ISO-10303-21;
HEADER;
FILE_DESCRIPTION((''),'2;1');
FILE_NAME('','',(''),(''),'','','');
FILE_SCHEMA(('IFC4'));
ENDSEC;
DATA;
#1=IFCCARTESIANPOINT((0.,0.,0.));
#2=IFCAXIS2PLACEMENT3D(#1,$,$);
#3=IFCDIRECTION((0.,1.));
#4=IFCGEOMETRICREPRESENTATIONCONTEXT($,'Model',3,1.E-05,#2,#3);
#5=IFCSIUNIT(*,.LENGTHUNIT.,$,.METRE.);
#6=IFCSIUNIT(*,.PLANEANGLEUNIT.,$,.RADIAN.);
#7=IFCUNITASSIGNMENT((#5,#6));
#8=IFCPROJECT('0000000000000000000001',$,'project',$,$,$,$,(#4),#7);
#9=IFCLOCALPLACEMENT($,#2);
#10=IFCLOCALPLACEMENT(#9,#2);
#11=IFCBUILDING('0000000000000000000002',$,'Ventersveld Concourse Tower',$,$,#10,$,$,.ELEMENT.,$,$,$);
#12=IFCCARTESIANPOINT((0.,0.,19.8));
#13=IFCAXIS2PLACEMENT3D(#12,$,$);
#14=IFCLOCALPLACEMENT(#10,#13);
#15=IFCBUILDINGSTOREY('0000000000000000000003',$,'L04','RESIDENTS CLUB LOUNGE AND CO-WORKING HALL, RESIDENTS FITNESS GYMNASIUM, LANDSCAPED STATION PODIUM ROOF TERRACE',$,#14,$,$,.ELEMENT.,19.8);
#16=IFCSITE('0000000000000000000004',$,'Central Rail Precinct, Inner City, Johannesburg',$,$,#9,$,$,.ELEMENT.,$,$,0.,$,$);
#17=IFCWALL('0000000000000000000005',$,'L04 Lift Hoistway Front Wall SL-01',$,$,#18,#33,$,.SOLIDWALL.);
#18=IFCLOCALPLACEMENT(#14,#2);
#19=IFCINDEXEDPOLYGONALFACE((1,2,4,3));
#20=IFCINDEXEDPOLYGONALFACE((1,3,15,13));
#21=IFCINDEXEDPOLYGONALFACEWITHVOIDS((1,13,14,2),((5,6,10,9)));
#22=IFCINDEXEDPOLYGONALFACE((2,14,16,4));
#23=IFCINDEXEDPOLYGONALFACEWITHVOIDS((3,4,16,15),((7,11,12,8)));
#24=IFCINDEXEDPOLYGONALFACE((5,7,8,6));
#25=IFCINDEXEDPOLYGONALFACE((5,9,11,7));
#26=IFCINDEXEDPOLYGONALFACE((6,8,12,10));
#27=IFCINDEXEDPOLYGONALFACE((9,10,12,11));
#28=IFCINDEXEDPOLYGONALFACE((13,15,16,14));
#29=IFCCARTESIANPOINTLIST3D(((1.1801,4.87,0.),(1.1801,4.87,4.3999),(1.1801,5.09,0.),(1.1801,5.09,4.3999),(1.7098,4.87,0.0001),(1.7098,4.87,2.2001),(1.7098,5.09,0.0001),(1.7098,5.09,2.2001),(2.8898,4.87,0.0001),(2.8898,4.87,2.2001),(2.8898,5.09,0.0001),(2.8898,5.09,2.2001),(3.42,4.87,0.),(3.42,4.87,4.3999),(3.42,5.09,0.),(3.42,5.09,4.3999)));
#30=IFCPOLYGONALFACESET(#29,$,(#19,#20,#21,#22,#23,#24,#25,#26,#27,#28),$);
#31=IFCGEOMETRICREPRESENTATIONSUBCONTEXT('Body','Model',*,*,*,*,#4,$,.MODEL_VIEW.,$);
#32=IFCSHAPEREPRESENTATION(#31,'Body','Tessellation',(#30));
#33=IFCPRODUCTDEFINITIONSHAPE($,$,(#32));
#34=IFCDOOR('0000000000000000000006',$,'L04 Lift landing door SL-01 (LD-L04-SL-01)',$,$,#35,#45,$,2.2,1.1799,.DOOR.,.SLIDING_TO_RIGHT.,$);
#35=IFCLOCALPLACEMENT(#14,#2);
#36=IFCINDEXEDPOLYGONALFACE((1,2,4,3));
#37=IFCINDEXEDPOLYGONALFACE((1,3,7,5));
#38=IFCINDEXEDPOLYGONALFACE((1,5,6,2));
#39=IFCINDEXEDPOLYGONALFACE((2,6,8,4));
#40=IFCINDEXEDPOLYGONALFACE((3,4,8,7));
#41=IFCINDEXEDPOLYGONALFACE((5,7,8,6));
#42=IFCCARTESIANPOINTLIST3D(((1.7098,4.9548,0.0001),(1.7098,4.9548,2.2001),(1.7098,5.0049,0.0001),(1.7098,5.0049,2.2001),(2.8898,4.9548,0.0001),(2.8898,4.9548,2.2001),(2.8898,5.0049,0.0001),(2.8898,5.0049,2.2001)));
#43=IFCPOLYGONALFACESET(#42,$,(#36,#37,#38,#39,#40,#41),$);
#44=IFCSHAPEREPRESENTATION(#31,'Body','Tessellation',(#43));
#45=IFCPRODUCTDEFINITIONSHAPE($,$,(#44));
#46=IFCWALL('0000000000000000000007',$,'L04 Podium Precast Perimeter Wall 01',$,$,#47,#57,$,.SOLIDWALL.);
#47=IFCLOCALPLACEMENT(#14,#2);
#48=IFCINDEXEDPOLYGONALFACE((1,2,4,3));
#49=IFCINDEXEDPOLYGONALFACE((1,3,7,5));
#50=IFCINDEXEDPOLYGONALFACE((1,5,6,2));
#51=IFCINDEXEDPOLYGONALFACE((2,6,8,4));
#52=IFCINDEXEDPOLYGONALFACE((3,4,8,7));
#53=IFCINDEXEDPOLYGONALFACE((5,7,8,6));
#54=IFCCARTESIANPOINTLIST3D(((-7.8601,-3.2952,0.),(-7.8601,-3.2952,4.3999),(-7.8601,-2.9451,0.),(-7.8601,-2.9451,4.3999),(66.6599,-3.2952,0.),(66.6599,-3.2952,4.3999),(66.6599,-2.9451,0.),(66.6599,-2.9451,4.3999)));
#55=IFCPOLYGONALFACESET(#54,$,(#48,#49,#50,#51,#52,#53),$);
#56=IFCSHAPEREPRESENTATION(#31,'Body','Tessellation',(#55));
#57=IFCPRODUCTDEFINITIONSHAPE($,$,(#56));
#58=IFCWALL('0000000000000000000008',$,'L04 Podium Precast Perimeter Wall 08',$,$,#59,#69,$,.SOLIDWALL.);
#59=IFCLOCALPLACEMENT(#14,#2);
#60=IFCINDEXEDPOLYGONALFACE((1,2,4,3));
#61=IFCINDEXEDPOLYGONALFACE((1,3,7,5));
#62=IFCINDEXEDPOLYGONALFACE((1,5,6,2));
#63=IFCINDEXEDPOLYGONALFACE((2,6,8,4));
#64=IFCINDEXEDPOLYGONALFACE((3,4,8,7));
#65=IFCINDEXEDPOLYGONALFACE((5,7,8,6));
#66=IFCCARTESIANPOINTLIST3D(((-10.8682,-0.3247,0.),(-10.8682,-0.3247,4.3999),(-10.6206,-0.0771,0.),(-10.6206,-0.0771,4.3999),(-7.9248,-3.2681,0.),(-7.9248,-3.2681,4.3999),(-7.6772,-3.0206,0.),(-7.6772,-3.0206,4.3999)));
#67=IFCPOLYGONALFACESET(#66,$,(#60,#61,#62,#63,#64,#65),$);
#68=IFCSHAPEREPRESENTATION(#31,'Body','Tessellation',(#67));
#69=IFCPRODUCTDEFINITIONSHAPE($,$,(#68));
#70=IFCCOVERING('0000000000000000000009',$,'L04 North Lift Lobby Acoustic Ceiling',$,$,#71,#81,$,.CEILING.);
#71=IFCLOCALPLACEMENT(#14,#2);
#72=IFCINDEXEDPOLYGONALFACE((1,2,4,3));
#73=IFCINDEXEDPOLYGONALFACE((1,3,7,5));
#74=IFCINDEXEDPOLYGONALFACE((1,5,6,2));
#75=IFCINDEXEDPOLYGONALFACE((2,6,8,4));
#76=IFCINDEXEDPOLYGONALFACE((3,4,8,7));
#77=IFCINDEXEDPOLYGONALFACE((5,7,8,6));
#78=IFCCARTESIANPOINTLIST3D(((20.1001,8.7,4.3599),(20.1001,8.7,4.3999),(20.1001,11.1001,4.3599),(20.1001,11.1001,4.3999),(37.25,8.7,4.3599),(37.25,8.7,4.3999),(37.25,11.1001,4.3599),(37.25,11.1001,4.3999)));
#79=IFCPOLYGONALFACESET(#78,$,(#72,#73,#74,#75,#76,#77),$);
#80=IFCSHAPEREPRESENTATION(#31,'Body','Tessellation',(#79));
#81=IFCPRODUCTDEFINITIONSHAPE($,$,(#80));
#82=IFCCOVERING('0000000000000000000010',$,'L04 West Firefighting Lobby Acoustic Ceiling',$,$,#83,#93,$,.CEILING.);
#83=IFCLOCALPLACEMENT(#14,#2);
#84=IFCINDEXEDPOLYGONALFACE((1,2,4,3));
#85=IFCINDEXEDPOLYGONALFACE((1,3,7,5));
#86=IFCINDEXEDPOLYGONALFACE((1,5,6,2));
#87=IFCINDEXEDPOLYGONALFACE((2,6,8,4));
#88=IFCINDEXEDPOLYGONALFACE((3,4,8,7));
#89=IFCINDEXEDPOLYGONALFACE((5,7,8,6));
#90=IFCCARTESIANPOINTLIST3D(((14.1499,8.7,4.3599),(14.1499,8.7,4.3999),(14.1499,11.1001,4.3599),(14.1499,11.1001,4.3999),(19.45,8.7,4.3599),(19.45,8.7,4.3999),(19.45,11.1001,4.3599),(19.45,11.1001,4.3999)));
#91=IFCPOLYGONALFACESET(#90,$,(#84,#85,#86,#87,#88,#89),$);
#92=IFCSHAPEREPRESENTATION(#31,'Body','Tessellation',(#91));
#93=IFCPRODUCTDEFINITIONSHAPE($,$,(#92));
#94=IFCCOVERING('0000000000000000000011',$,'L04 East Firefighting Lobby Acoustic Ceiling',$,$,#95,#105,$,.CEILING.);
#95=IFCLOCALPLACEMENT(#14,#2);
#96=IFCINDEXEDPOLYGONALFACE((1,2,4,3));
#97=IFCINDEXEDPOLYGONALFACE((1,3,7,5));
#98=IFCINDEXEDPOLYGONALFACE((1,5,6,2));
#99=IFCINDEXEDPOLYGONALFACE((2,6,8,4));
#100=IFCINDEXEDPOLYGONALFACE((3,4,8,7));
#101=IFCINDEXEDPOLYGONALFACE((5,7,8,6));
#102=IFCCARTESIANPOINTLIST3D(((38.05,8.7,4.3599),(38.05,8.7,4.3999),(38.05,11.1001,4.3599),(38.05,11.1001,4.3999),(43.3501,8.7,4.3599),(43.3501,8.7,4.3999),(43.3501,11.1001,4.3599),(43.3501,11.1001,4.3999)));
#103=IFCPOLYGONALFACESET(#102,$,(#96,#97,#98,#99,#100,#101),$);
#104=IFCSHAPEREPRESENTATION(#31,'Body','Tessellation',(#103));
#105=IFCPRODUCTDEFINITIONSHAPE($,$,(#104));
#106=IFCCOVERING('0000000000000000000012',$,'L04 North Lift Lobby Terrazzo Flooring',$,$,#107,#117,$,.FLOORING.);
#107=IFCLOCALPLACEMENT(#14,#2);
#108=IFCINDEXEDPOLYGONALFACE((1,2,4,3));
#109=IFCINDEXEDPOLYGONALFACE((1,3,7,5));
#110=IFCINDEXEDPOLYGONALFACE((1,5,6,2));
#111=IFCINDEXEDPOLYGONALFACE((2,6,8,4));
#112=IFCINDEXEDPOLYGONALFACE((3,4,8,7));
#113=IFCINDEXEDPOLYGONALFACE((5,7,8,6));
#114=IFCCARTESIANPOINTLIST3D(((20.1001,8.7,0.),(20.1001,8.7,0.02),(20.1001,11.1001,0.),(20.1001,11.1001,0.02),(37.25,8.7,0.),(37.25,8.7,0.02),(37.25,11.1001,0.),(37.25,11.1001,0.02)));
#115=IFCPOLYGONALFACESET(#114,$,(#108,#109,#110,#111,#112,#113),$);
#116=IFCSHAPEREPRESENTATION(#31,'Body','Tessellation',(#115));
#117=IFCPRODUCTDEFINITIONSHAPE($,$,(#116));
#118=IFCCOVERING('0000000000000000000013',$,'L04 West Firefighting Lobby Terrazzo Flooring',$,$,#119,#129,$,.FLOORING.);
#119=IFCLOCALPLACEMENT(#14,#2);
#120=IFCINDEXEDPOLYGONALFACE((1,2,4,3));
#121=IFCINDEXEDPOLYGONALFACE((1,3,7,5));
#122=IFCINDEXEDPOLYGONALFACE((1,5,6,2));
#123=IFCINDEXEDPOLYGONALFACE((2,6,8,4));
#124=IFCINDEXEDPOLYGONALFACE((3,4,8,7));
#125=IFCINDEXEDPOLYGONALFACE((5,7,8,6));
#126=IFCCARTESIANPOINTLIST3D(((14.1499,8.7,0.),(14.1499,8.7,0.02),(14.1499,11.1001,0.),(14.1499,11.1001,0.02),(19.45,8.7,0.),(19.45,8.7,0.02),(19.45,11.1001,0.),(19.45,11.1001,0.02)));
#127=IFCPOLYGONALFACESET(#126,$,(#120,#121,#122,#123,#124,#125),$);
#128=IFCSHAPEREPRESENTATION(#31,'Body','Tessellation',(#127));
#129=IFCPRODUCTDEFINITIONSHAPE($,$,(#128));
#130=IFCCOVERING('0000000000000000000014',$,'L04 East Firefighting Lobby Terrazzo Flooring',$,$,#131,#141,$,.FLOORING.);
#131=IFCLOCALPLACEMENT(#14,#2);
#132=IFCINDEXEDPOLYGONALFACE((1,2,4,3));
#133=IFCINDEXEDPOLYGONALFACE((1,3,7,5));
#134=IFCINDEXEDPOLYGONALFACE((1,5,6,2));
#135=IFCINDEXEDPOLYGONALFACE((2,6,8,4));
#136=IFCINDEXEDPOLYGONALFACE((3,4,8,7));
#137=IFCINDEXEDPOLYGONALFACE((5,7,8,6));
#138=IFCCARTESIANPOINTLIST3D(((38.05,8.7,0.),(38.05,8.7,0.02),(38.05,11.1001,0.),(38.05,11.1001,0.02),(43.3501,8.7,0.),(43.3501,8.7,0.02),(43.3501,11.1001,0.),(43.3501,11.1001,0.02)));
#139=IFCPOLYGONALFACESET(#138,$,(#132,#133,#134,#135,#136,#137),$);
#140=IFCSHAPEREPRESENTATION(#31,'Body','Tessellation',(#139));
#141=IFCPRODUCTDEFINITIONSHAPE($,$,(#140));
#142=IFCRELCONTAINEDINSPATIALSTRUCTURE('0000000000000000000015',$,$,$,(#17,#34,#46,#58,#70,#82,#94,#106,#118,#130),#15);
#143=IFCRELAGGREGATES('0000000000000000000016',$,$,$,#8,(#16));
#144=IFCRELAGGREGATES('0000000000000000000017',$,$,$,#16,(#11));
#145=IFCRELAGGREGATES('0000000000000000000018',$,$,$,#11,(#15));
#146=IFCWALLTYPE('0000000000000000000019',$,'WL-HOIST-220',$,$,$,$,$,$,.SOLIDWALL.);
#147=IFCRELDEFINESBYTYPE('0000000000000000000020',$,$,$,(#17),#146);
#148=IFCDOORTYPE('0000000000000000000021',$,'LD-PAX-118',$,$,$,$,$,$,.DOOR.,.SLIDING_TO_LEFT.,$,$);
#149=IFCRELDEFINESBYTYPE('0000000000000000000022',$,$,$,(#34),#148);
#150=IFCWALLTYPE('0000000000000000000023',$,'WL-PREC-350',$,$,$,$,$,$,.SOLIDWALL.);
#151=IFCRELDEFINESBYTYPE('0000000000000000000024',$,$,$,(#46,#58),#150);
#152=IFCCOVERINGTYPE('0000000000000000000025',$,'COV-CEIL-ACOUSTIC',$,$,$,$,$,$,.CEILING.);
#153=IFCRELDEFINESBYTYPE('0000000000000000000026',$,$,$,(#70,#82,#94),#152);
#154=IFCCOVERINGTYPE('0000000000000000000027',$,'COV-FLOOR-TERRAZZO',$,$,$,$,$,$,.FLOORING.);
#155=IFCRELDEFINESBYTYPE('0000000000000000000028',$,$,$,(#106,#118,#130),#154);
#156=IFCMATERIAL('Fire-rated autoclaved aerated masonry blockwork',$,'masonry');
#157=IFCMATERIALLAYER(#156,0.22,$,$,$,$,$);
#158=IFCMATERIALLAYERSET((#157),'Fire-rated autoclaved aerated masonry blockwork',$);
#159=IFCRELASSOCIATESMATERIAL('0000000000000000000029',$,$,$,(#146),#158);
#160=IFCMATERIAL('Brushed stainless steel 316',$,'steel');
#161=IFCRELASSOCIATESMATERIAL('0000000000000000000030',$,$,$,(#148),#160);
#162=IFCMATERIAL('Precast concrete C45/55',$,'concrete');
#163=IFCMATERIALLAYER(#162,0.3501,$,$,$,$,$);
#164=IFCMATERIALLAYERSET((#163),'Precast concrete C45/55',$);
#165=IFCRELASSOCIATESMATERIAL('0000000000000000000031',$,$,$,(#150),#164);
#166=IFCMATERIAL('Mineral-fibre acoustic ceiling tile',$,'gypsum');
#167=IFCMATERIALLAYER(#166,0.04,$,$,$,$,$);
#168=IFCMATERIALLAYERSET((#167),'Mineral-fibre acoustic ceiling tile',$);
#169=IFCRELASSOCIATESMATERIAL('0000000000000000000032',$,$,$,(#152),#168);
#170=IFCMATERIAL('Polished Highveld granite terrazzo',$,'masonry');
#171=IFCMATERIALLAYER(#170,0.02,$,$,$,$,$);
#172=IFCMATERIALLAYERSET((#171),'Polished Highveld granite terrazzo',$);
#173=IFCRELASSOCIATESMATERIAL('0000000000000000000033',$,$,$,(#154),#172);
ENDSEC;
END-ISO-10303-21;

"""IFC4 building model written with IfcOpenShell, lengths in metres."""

from ifc_helpers import new_model, si_unit, direction, frame, frame_2d, origin, place, context, subcontext, project, spatial, polyline, rectangle, outline, extrude, material, layer, layer_set, type_object, element, fill, save


model = new_model("IFC4")

# Units and contexts
model_context = context("Model", 3, precision=1e-05, world=origin(), true_north=direction((0.0, 1.0)))
body_context = subcontext(model_context, "Body", "Model", "MODEL_VIEW")
ifc_project = project(units=[si_unit("LENGTHUNIT", "METRE"), si_unit("PLANEANGLEUNIT", "RADIAN")], contexts=[model_context])

# Site, building, storey
site_placement = place(None, origin())
site = spatial("IfcSite", under=ifc_project, at=site_placement, Name="Central Rail Precinct, Inner City, Johannesburg", CompositionType="ELEMENT", RefElevation=0.0)
building_placement = place(site_placement, origin())
building = spatial("IfcBuilding", under=site, at=building_placement, Name="Ventersveld Concourse Tower", CompositionType="ELEMENT")
storey_placement = place(building_placement, frame((0.0, 0.0, 19.8)))
storey = spatial("IfcBuildingStorey", under=building, at=storey_placement, Name="L04", Description="RESIDENTS CLUB LOUNGE AND CO-WORKING HALL, RESIDENTS FITNESS GYMNASIUM, LANDSCAPED STATION PODIUM ROOF TERRACE", CompositionType="ELEMENT", Elevation=19.8)

# Shared definitions
ifc_material_1 = material(Name="Fire-rated autoclaved aerated masonry blockwork", Category="masonry")
ifc_layer_1 = layer(ifc_material_1, 0.22)
ifc_layer_set_1 = layer_set([ifc_layer_1], Name="Fire-rated autoclaved aerated masonry blockwork")
wall_type_1 = type_object("IfcWallType", Name="WL-HOIST-220", PredefinedType="SOLIDWALL", material=ifc_layer_set_1)

# Wall, opening, door
wall_1_placement = place(storey_placement, frame((1.1799, 4.98, 0.0), z_axis=(0.0, 0.0, 1.0), x_axis=(1.0, 0.0, 0.0)))
wall_1 = element("IfcWall", 1, at=wall_1_placement, inside=storey, type_object=wall_type_1, Name="L04 Lift Hoistway Front Wall SL-01", PredefinedType="SOLIDWALL", context=body_context, shape_type="SweptSolid", body=[
    extrude(rectangle(XDim=2.24, YDim=0.22, at=frame_2d((1.1201, 0.0))), origin(), (0.0, 0.0, 1.0), 4.3999),
])
opening_1_placement = place(wall_1_placement, frame((0.53, 0.0, 0.0)))
opening_1 = element("IfcOpeningElement", 2, at=opening_1_placement, cuts=wall_1, PredefinedType="OPENING", context=body_context, shape_type="SweptSolid", body=[
    extrude(rectangle(XDim=1.1799, YDim=2.2, at=frame_2d((0.5898, 1.1001))), frame((0.0, 0.1201, 0.0), z_axis=(0.0, -1.0, 0.0), x_axis=(1.0, 0.0, 0.0)), (0.0, 0.0, 1.0), 0.24),
])
ifc_material_2 = material(Name="Brushed stainless steel 316", Category="steel")
door_type = type_object("IfcDoorType", Name="LD-PAX-118", OperationType="SLIDING_TO_LEFT", PredefinedType="DOOR", material=ifc_material_2)
door_placement = place(opening_1_placement, origin())
door = element("IfcDoor", 3, at=door_placement, inside=storey, type_object=door_type, Name="L04 Lift landing door SL-01 (LD-L04-SL-01)", OperationType="SLIDING_TO_RIGHT", OverallHeight=2.2, OverallWidth=1.1799, PredefinedType="DOOR", context=body_context, shape_type="SweptSolid", body=[
    extrude(rectangle(XDim=1.1799, YDim=2.2, at=frame_2d((0.5898, 1.1001))), frame((0.0, 0.0249, 0.0), z_axis=(0.0, -1.0, 0.0), x_axis=(1.0, 0.0, 0.0)), (0.0, 0.0, 1.0), 0.05),
])
fill(opening_1, door)

# Walls
ifc_material_3 = material(Name="Precast concrete C45/55", Category="concrete")
ifc_layer_2 = layer(ifc_material_3, 0.3501)
ifc_layer_set_2 = layer_set([ifc_layer_2], Name="Precast concrete C45/55")
wall_type_2 = type_object("IfcWallType", Name="WL-PREC-350", PredefinedType="SOLIDWALL", material=ifc_layer_set_2)
wall_2_placement = place(storey_placement, frame((-7.8601, -3.1201, 0.0), z_axis=(0.0, 0.0, 1.0), x_axis=(1.0, 0.0, 0.0)))
element("IfcWall", 4, at=wall_2_placement, inside=storey, type_object=wall_type_2, Name="L04 Podium Precast Perimeter Wall 01", PredefinedType="SOLIDWALL", context=body_context, shape_type="SweptSolid", body=[
    extrude(rectangle(XDim=74.52, YDim=0.3501, at=frame_2d((37.26, 0.0))), origin(), (0.0, 0.0, 1.0), 4.3999),
])
wall_3_placement = place(storey_placement, frame((-10.7444, -0.2009, 0.0), z_axis=(0.0, 0.0, 1.0), x_axis=(0.707107, -0.707107, 0.0)))
element("IfcWall", 5, at=wall_3_placement, inside=storey, type_object=wall_type_2, Name="L04 Podium Precast Perimeter Wall 08", PredefinedType="SOLIDWALL", context=body_context, shape_type="SweptSolid", body=[
    extrude(rectangle(XDim=4.1626, YDim=0.3501, at=frame_2d((2.0813, 0.0))), origin(), (0.0, 0.0, 1.0), 4.3999),
])

# Coverings
ifc_material_4 = material(Name="Mineral-fibre acoustic ceiling tile", Category="gypsum")
ifc_layer_3 = layer(ifc_material_4, 0.04)
ifc_layer_set_3 = layer_set([ifc_layer_3], Name="Mineral-fibre acoustic ceiling tile")
covering_type_1 = type_object("IfcCoveringType", Name="COV-CEIL-ACOUSTIC", PredefinedType="CEILING", material=ifc_layer_set_3)
covering_1_placement = place(storey_placement, frame((0.0, 0.0, 4.3599)))
element("IfcCovering", 6, at=covering_1_placement, inside=storey, type_object=covering_type_1, Name="L04 North Lift Lobby Acoustic Ceiling", PredefinedType="CEILING", context=body_context, shape_type="SweptSolid", body=[
    extrude(outline(polyline([(20.1001, 8.7), (37.25, 8.7), (37.25, 11.1001), (20.1001, 11.1001), (20.1001, 8.7)])), origin(), (0.0, 0.0, 1.0), 0.04),
])
covering_2_placement = place(storey_placement, frame((0.0, 0.0, 4.3599)))
element("IfcCovering", 7, at=covering_2_placement, inside=storey, type_object=covering_type_1, Name="L04 West Firefighting Lobby Acoustic Ceiling", PredefinedType="CEILING", context=body_context, shape_type="SweptSolid", body=[
    extrude(outline(polyline([(14.1499, 8.7), (19.45, 8.7), (19.45, 11.1001), (14.1499, 11.1001), (14.1499, 8.7)])), origin(), (0.0, 0.0, 1.0), 0.04),
])
covering_3_placement = place(storey_placement, frame((0.0, 0.0, 4.3599)))
element("IfcCovering", 8, at=covering_3_placement, inside=storey, type_object=covering_type_1, Name="L04 East Firefighting Lobby Acoustic Ceiling", PredefinedType="CEILING", context=body_context, shape_type="SweptSolid", body=[
    extrude(outline(polyline([(38.05, 8.7), (43.3501, 8.7), (43.3501, 11.1001), (38.05, 11.1001), (38.05, 8.7)])), origin(), (0.0, 0.0, 1.0), 0.04),
])
ifc_material_5 = material(Name="Polished Highveld granite terrazzo", Category="masonry")
ifc_layer_4 = layer(ifc_material_5, 0.02)
ifc_layer_set_4 = layer_set([ifc_layer_4], Name="Polished Highveld granite terrazzo")
covering_type_2 = type_object("IfcCoveringType", Name="COV-FLOOR-TERRAZZO", PredefinedType="FLOORING", material=ifc_layer_set_4)
covering_4_placement = place(storey_placement, origin())
element("IfcCovering", 9, at=covering_4_placement, inside=storey, type_object=covering_type_2, Name="L04 North Lift Lobby Terrazzo Flooring", PredefinedType="FLOORING", context=body_context, shape_type="SweptSolid", body=[
    extrude(outline(polyline([(20.1001, 8.7), (37.25, 8.7), (37.25, 11.1001), (20.1001, 11.1001), (20.1001, 8.7)])), origin(), (0.0, 0.0, 1.0), 0.02),
])
covering_5_placement = place(storey_placement, origin())
element("IfcCovering", 10, at=covering_5_placement, inside=storey, type_object=covering_type_2, Name="L04 West Firefighting Lobby Terrazzo Flooring", PredefinedType="FLOORING", context=body_context, shape_type="SweptSolid", body=[
    extrude(outline(polyline([(14.1499, 8.7), (19.45, 8.7), (19.45, 11.1001), (14.1499, 11.1001), (14.1499, 8.7)])), origin(), (0.0, 0.0, 1.0), 0.02),
])
covering_6_placement = place(storey_placement, origin())
element("IfcCovering", 11, at=covering_6_placement, inside=storey, type_object=covering_type_2, Name="L04 East Firefighting Lobby Terrazzo Flooring", PredefinedType="FLOORING", context=body_context, shape_type="SweptSolid", body=[
    extrude(outline(polyline([(38.05, 8.7), (43.3501, 8.7), (43.3501, 11.1001), (38.05, 11.1001), (38.05, 8.7)])), origin(), (0.0, 0.0, 1.0), 0.02),
])

save(model, "model.ifc")
